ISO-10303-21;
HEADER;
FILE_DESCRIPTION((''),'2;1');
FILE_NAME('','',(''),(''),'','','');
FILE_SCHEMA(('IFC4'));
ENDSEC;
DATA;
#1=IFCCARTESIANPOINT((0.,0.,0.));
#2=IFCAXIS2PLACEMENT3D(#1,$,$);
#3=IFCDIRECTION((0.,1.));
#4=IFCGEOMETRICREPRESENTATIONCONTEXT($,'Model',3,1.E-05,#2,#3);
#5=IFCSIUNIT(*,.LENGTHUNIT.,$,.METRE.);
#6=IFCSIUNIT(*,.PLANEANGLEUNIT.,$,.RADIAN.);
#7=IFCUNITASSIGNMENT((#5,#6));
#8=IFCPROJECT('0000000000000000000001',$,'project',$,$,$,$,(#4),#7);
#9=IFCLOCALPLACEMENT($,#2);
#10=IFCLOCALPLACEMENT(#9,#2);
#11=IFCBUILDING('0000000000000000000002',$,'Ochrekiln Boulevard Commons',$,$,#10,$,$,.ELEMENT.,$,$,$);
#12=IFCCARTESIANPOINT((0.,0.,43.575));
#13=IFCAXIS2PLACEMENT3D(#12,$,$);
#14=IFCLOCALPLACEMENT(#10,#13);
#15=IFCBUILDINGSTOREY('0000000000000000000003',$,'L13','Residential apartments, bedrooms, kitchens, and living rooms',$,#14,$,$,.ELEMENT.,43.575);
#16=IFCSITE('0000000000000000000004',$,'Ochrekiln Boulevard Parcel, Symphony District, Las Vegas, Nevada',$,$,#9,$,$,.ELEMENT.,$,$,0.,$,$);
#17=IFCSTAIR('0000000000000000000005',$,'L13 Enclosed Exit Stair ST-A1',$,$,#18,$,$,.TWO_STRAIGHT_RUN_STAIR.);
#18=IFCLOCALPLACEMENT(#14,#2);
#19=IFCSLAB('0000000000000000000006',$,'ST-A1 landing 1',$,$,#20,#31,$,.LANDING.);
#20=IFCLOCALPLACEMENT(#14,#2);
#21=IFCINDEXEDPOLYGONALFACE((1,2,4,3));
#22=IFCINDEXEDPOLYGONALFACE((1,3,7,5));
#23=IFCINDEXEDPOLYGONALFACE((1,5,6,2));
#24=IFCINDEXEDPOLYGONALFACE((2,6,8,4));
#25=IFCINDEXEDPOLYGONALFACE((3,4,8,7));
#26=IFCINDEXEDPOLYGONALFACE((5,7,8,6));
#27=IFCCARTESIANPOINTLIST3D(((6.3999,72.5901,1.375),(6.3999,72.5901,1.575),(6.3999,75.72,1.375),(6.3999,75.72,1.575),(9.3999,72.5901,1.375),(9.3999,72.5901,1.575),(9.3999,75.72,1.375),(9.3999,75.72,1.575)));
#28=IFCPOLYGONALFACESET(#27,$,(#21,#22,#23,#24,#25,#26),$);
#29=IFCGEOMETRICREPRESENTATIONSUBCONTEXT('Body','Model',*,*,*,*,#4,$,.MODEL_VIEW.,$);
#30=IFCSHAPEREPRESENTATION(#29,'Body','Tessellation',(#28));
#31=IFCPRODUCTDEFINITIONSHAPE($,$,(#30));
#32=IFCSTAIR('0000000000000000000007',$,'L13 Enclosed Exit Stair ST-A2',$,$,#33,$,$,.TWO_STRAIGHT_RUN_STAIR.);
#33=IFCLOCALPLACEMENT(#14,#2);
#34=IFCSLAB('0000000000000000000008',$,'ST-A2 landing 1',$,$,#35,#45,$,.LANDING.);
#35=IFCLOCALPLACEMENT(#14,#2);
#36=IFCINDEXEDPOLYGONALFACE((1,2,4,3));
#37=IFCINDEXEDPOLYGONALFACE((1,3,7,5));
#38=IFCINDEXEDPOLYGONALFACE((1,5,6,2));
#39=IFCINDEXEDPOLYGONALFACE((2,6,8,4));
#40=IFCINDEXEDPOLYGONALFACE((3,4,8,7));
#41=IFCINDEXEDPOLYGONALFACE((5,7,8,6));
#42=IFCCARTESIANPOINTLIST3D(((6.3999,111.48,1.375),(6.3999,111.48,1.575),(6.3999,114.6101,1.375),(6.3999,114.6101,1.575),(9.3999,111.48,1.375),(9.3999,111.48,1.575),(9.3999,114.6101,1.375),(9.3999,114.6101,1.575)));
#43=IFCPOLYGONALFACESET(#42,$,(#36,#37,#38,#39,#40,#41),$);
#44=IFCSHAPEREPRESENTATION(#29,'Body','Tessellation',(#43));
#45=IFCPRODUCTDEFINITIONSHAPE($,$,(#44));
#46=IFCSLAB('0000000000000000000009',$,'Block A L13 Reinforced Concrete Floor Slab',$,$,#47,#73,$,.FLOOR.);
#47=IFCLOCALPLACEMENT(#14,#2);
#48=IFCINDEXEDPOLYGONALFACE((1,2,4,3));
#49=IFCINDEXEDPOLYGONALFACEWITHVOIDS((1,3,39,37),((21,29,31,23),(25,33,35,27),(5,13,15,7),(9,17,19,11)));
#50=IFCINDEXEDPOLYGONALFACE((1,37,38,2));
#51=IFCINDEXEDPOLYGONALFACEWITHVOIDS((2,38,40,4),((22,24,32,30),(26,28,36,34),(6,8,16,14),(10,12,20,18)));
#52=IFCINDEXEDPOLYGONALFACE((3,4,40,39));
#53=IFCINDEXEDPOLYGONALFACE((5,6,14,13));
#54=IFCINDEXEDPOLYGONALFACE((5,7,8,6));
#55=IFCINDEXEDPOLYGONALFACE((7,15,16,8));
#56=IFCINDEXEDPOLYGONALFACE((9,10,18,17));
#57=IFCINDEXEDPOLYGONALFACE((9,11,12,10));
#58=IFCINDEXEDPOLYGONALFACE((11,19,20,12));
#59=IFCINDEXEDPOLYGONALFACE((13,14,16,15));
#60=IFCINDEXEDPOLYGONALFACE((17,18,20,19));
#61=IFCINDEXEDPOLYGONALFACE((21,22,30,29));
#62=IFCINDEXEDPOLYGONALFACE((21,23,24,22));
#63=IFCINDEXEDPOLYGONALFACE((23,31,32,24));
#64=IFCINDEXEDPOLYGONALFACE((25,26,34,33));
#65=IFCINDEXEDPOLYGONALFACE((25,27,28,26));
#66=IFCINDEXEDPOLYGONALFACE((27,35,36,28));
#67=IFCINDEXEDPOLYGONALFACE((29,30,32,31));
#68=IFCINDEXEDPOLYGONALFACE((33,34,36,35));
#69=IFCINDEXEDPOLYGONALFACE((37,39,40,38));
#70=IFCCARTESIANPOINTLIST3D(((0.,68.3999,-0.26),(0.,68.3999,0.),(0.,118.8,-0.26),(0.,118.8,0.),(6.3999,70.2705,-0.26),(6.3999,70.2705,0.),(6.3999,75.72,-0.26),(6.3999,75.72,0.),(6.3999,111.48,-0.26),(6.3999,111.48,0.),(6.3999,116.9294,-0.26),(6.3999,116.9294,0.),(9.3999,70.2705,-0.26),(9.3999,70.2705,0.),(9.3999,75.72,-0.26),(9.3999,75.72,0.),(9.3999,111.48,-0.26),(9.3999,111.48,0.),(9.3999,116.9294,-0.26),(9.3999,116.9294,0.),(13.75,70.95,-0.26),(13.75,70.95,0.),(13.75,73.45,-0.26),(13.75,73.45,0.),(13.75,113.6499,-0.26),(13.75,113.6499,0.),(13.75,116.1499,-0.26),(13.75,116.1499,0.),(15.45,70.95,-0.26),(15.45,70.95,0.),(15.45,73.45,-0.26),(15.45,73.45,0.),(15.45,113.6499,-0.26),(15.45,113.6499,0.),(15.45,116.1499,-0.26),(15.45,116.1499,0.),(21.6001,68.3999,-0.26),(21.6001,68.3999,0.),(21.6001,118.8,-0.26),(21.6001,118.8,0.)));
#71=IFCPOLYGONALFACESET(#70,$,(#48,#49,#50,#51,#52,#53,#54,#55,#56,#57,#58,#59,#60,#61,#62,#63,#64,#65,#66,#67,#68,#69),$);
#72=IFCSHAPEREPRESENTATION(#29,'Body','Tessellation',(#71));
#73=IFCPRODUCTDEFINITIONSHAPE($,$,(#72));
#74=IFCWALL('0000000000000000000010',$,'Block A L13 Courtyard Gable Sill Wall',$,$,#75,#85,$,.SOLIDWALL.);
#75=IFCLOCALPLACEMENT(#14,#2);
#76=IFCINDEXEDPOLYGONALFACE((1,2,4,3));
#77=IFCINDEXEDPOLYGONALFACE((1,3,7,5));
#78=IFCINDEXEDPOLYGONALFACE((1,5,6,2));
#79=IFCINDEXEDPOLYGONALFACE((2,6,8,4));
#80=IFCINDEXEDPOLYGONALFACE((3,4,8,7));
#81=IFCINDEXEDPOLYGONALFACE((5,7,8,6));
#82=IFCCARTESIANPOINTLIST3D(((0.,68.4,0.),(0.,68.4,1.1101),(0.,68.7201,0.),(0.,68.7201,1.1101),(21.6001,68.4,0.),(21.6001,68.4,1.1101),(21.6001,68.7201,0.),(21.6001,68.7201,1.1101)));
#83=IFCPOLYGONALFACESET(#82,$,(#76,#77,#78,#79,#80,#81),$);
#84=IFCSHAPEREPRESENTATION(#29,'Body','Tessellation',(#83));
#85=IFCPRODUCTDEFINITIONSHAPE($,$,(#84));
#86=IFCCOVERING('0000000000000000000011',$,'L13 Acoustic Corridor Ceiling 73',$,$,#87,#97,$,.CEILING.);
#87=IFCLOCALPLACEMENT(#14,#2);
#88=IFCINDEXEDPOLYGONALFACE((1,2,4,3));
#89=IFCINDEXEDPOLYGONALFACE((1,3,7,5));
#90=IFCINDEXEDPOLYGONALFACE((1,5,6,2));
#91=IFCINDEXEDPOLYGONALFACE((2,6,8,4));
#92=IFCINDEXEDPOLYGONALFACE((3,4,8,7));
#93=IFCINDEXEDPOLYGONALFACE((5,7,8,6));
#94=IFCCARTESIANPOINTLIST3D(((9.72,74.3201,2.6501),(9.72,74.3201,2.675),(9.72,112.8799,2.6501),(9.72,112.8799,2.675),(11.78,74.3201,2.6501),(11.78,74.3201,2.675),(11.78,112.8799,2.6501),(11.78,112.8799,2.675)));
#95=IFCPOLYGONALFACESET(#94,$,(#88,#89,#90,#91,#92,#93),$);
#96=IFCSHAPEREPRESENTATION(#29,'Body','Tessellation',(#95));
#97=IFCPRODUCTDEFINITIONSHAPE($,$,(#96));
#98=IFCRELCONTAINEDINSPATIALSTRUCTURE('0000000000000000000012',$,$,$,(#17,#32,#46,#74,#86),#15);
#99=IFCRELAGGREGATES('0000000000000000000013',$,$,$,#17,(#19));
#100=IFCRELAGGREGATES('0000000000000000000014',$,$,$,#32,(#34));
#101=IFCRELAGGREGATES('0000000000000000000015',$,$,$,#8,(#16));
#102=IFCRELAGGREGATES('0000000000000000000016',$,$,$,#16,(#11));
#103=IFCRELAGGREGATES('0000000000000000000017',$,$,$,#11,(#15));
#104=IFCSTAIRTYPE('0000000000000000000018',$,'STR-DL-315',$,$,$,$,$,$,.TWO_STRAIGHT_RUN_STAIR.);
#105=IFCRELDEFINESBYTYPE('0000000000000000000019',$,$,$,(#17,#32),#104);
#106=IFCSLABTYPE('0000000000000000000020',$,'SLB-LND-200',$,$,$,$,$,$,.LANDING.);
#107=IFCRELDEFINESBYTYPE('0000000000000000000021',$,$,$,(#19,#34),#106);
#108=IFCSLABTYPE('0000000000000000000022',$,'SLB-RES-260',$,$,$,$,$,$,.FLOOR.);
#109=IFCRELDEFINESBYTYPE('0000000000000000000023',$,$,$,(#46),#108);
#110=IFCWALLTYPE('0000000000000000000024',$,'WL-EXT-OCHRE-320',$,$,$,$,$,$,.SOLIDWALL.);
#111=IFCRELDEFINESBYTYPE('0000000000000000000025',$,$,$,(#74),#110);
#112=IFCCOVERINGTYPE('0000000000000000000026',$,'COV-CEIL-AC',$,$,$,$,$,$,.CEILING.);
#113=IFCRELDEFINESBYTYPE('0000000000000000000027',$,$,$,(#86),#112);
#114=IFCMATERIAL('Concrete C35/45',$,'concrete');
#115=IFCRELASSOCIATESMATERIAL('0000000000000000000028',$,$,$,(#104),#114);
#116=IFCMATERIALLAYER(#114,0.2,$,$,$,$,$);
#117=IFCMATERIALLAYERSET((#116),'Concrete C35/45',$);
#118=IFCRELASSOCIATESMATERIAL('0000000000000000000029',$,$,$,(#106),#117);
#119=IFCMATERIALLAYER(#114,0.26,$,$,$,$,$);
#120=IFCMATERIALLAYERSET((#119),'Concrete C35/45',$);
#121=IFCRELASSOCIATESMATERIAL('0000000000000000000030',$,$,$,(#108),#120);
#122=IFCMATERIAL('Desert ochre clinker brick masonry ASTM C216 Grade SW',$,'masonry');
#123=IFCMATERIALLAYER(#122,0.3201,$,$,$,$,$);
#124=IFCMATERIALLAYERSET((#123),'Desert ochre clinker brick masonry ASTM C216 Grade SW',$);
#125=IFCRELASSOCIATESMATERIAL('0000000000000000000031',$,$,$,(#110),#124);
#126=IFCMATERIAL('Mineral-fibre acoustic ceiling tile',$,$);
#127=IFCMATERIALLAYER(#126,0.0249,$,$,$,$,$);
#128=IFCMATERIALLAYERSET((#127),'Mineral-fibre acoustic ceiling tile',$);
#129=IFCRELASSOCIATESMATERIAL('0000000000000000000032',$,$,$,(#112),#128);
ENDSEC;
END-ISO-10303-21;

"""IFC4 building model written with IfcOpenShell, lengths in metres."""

from ifc_helpers import new_model, si_unit, direction, frame, frame_2d, origin, place, context, subcontext, project, spatial, polyline, rectangle, outline, extrude, material, layer, layer_set, type_object, element, aggregate, save


model = new_model("IFC4")

# Units and contexts
model_context = context("Model", 3, precision=1e-05, world=origin(), true_north=direction((0.0, 1.0)))
body_context = subcontext(model_context, "Body", "Model", "MODEL_VIEW")
ifc_project = project(units=[si_unit("LENGTHUNIT", "METRE"), si_unit("PLANEANGLEUNIT", "RADIAN")], contexts=[model_context])

# Site, building, storey
site_placement = place(None, origin())
site = spatial("IfcSite", under=ifc_project, at=site_placement, Name="Ochrekiln Boulevard Parcel, Symphony District, Las Vegas, Nevada", CompositionType="ELEMENT", RefElevation=0.0)
building_placement = place(site_placement, origin())
building = spatial("IfcBuilding", under=site, at=building_placement, Name="Ochrekiln Boulevard Commons", CompositionType="ELEMENT")
storey_placement = place(building_placement, frame((0.0, 0.0, 43.575)))
storey = spatial("IfcBuildingStorey", under=building, at=storey_placement, Name="L13", Description="Residential apartments, bedrooms, kitchens, and living rooms", CompositionType="ELEMENT", Elevation=43.575)

# Stairs, slabs
ifc_material_1 = material(Name="Concrete C35/45", Category="concrete")
stair_type = type_object("IfcStairType", Name="STR-DL-315", PredefinedType="TWO_STRAIGHT_RUN_STAIR", material=ifc_material_1)
stair_1_placement = place(storey_placement, origin())
stair_1 = element("IfcStair", 1, at=stair_1_placement, inside=storey, type_object=stair_type, Name="L13 Enclosed Exit Stair ST-A1", PredefinedType="TWO_STRAIGHT_RUN_STAIR")
ifc_layer_1 = layer(ifc_material_1, 0.2)
ifc_layer_set_1 = layer_set([ifc_layer_1], Name="Concrete C35/45")
slab_type_1 = type_object("IfcSlabType", Name="SLB-LND-200", PredefinedType="LANDING", material=ifc_layer_set_1)
slab_1_placement = place(storey_placement, frame((0.0, 0.0, 1.375)))
slab_1 = element("IfcSlab", 2, at=slab_1_placement, type_object=slab_type_1, Name="ST-A1 landing 1", PredefinedType="LANDING", context=body_context, shape_type="SweptSolid", body=[
    extrude(outline(polyline([(9.3999, 72.5901), (9.3999, 75.72), (6.3999, 75.72), (6.3999, 72.5901), (9.3999, 72.5901)])), origin(), (0.0, 0.0, 1.0), 0.2),
])
aggregate(stair_1, [slab_1])
stair_2_placement = place(storey_placement, origin())
stair_2 = element("IfcStair", 3, at=stair_2_placement, inside=storey, type_object=stair_type, Name="L13 Enclosed Exit Stair ST-A2", PredefinedType="TWO_STRAIGHT_RUN_STAIR")
slab_2_placement = place(storey_placement, frame((0.0, 0.0, 1.375)))
slab_2 = element("IfcSlab", 4, at=slab_2_placement, type_object=slab_type_1, Name="ST-A2 landing 1", PredefinedType="LANDING", context=body_context, shape_type="SweptSolid", body=[
    extrude(outline(polyline([(6.3999, 114.6101), (6.3999, 111.48), (9.3999, 111.48), (9.3999, 114.6101), (6.3999, 114.6101)])), origin(), (0.0, 0.0, 1.0), 0.2),
])
aggregate(stair_2, [slab_2])

# Slab
ifc_layer_2 = layer(ifc_material_1, 0.26)
ifc_layer_set_2 = layer_set([ifc_layer_2], Name="Concrete C35/45")
slab_type_2 = type_object("IfcSlabType", Name="SLB-RES-260", PredefinedType="FLOOR", material=ifc_layer_set_2)
slab_3_placement = place(storey_placement, frame((0.0, 0.0, -0.26)))
element("IfcSlab", 5, at=slab_3_placement, inside=storey, type_object=slab_type_2, Name="Block A L13 Reinforced Concrete Floor Slab", PredefinedType="FLOOR", context=body_context, shape_type="SweptSolid", body=[
    extrude(outline(polyline([(0.0, 68.3999), (21.6001, 68.3999), (21.6001, 118.8), (0.0, 118.8), (0.0, 68.3999)]), holes=[polyline([(9.3999, 70.2705), (9.3999, 75.72), (6.3999, 75.72), (6.3999, 70.2705), (9.3999, 70.2705)]), polyline([(6.3999, 116.9294), (6.3999, 111.48), (9.3999, 111.48), (9.3999, 116.9294), (6.3999, 116.9294)]), polyline([(13.75, 70.95), (15.45, 70.95), (15.45, 73.45), (13.75, 73.45), (13.75, 70.95)]), polyline([(13.75, 113.6499), (15.45, 113.6499), (15.45, 116.1499), (13.75, 116.1499), (13.75, 113.6499)])]), origin(), (0.0, 0.0, 1.0), 0.26),
])

# Wall
ifc_material_2 = material(Name="Desert ochre clinker brick masonry ASTM C216 Grade SW", Category="masonry")
ifc_layer_3 = layer(ifc_material_2, 0.3201)
ifc_layer_set_3 = layer_set([ifc_layer_3], Name="Desert ochre clinker brick masonry ASTM C216 Grade SW")
wall_type = type_object("IfcWallType", Name="WL-EXT-OCHRE-320", PredefinedType="SOLIDWALL", material=ifc_layer_set_3)
wall_placement = place(storey_placement, frame((0.0, 68.5601, 0.0), z_axis=(0.0, 0.0, 1.0), x_axis=(1.0, 0.0, 0.0)))
element("IfcWall", 6, at=wall_placement, inside=storey, type_object=wall_type, Name="Block A L13 Courtyard Gable Sill Wall", PredefinedType="SOLIDWALL", context=body_context, shape_type="SweptSolid", body=[
    extrude(rectangle(XDim=21.6001, YDim=0.3201, at=frame_2d((10.8, 0.0))), origin(), (0.0, 0.0, 1.0), 1.1101),
])

# Covering
ifc_material_3 = material(Name="Mineral-fibre acoustic ceiling tile")
ifc_layer_4 = layer(ifc_material_3, 0.0249)
ifc_layer_set_4 = layer_set([ifc_layer_4], Name="Mineral-fibre acoustic ceiling tile")
covering_type = type_object("IfcCoveringType", Name="COV-CEIL-AC", PredefinedType="CEILING", material=ifc_layer_set_4)
covering_placement = place(storey_placement, frame((0.0, 0.0, 2.6501)))
element("IfcCovering", 7, at=covering_placement, inside=storey, type_object=covering_type, Name="L13 Acoustic Corridor Ceiling 73", PredefinedType="CEILING", context=body_context, shape_type="SweptSolid", body=[
    extrude(outline(polyline([(9.72, 74.3201), (11.78, 74.3201), (11.78, 112.8799), (9.72, 112.8799), (9.72, 74.3201)])), origin(), (0.0, 0.0, 1.0), 0.0249),
])

save(model, "model.ifc")
